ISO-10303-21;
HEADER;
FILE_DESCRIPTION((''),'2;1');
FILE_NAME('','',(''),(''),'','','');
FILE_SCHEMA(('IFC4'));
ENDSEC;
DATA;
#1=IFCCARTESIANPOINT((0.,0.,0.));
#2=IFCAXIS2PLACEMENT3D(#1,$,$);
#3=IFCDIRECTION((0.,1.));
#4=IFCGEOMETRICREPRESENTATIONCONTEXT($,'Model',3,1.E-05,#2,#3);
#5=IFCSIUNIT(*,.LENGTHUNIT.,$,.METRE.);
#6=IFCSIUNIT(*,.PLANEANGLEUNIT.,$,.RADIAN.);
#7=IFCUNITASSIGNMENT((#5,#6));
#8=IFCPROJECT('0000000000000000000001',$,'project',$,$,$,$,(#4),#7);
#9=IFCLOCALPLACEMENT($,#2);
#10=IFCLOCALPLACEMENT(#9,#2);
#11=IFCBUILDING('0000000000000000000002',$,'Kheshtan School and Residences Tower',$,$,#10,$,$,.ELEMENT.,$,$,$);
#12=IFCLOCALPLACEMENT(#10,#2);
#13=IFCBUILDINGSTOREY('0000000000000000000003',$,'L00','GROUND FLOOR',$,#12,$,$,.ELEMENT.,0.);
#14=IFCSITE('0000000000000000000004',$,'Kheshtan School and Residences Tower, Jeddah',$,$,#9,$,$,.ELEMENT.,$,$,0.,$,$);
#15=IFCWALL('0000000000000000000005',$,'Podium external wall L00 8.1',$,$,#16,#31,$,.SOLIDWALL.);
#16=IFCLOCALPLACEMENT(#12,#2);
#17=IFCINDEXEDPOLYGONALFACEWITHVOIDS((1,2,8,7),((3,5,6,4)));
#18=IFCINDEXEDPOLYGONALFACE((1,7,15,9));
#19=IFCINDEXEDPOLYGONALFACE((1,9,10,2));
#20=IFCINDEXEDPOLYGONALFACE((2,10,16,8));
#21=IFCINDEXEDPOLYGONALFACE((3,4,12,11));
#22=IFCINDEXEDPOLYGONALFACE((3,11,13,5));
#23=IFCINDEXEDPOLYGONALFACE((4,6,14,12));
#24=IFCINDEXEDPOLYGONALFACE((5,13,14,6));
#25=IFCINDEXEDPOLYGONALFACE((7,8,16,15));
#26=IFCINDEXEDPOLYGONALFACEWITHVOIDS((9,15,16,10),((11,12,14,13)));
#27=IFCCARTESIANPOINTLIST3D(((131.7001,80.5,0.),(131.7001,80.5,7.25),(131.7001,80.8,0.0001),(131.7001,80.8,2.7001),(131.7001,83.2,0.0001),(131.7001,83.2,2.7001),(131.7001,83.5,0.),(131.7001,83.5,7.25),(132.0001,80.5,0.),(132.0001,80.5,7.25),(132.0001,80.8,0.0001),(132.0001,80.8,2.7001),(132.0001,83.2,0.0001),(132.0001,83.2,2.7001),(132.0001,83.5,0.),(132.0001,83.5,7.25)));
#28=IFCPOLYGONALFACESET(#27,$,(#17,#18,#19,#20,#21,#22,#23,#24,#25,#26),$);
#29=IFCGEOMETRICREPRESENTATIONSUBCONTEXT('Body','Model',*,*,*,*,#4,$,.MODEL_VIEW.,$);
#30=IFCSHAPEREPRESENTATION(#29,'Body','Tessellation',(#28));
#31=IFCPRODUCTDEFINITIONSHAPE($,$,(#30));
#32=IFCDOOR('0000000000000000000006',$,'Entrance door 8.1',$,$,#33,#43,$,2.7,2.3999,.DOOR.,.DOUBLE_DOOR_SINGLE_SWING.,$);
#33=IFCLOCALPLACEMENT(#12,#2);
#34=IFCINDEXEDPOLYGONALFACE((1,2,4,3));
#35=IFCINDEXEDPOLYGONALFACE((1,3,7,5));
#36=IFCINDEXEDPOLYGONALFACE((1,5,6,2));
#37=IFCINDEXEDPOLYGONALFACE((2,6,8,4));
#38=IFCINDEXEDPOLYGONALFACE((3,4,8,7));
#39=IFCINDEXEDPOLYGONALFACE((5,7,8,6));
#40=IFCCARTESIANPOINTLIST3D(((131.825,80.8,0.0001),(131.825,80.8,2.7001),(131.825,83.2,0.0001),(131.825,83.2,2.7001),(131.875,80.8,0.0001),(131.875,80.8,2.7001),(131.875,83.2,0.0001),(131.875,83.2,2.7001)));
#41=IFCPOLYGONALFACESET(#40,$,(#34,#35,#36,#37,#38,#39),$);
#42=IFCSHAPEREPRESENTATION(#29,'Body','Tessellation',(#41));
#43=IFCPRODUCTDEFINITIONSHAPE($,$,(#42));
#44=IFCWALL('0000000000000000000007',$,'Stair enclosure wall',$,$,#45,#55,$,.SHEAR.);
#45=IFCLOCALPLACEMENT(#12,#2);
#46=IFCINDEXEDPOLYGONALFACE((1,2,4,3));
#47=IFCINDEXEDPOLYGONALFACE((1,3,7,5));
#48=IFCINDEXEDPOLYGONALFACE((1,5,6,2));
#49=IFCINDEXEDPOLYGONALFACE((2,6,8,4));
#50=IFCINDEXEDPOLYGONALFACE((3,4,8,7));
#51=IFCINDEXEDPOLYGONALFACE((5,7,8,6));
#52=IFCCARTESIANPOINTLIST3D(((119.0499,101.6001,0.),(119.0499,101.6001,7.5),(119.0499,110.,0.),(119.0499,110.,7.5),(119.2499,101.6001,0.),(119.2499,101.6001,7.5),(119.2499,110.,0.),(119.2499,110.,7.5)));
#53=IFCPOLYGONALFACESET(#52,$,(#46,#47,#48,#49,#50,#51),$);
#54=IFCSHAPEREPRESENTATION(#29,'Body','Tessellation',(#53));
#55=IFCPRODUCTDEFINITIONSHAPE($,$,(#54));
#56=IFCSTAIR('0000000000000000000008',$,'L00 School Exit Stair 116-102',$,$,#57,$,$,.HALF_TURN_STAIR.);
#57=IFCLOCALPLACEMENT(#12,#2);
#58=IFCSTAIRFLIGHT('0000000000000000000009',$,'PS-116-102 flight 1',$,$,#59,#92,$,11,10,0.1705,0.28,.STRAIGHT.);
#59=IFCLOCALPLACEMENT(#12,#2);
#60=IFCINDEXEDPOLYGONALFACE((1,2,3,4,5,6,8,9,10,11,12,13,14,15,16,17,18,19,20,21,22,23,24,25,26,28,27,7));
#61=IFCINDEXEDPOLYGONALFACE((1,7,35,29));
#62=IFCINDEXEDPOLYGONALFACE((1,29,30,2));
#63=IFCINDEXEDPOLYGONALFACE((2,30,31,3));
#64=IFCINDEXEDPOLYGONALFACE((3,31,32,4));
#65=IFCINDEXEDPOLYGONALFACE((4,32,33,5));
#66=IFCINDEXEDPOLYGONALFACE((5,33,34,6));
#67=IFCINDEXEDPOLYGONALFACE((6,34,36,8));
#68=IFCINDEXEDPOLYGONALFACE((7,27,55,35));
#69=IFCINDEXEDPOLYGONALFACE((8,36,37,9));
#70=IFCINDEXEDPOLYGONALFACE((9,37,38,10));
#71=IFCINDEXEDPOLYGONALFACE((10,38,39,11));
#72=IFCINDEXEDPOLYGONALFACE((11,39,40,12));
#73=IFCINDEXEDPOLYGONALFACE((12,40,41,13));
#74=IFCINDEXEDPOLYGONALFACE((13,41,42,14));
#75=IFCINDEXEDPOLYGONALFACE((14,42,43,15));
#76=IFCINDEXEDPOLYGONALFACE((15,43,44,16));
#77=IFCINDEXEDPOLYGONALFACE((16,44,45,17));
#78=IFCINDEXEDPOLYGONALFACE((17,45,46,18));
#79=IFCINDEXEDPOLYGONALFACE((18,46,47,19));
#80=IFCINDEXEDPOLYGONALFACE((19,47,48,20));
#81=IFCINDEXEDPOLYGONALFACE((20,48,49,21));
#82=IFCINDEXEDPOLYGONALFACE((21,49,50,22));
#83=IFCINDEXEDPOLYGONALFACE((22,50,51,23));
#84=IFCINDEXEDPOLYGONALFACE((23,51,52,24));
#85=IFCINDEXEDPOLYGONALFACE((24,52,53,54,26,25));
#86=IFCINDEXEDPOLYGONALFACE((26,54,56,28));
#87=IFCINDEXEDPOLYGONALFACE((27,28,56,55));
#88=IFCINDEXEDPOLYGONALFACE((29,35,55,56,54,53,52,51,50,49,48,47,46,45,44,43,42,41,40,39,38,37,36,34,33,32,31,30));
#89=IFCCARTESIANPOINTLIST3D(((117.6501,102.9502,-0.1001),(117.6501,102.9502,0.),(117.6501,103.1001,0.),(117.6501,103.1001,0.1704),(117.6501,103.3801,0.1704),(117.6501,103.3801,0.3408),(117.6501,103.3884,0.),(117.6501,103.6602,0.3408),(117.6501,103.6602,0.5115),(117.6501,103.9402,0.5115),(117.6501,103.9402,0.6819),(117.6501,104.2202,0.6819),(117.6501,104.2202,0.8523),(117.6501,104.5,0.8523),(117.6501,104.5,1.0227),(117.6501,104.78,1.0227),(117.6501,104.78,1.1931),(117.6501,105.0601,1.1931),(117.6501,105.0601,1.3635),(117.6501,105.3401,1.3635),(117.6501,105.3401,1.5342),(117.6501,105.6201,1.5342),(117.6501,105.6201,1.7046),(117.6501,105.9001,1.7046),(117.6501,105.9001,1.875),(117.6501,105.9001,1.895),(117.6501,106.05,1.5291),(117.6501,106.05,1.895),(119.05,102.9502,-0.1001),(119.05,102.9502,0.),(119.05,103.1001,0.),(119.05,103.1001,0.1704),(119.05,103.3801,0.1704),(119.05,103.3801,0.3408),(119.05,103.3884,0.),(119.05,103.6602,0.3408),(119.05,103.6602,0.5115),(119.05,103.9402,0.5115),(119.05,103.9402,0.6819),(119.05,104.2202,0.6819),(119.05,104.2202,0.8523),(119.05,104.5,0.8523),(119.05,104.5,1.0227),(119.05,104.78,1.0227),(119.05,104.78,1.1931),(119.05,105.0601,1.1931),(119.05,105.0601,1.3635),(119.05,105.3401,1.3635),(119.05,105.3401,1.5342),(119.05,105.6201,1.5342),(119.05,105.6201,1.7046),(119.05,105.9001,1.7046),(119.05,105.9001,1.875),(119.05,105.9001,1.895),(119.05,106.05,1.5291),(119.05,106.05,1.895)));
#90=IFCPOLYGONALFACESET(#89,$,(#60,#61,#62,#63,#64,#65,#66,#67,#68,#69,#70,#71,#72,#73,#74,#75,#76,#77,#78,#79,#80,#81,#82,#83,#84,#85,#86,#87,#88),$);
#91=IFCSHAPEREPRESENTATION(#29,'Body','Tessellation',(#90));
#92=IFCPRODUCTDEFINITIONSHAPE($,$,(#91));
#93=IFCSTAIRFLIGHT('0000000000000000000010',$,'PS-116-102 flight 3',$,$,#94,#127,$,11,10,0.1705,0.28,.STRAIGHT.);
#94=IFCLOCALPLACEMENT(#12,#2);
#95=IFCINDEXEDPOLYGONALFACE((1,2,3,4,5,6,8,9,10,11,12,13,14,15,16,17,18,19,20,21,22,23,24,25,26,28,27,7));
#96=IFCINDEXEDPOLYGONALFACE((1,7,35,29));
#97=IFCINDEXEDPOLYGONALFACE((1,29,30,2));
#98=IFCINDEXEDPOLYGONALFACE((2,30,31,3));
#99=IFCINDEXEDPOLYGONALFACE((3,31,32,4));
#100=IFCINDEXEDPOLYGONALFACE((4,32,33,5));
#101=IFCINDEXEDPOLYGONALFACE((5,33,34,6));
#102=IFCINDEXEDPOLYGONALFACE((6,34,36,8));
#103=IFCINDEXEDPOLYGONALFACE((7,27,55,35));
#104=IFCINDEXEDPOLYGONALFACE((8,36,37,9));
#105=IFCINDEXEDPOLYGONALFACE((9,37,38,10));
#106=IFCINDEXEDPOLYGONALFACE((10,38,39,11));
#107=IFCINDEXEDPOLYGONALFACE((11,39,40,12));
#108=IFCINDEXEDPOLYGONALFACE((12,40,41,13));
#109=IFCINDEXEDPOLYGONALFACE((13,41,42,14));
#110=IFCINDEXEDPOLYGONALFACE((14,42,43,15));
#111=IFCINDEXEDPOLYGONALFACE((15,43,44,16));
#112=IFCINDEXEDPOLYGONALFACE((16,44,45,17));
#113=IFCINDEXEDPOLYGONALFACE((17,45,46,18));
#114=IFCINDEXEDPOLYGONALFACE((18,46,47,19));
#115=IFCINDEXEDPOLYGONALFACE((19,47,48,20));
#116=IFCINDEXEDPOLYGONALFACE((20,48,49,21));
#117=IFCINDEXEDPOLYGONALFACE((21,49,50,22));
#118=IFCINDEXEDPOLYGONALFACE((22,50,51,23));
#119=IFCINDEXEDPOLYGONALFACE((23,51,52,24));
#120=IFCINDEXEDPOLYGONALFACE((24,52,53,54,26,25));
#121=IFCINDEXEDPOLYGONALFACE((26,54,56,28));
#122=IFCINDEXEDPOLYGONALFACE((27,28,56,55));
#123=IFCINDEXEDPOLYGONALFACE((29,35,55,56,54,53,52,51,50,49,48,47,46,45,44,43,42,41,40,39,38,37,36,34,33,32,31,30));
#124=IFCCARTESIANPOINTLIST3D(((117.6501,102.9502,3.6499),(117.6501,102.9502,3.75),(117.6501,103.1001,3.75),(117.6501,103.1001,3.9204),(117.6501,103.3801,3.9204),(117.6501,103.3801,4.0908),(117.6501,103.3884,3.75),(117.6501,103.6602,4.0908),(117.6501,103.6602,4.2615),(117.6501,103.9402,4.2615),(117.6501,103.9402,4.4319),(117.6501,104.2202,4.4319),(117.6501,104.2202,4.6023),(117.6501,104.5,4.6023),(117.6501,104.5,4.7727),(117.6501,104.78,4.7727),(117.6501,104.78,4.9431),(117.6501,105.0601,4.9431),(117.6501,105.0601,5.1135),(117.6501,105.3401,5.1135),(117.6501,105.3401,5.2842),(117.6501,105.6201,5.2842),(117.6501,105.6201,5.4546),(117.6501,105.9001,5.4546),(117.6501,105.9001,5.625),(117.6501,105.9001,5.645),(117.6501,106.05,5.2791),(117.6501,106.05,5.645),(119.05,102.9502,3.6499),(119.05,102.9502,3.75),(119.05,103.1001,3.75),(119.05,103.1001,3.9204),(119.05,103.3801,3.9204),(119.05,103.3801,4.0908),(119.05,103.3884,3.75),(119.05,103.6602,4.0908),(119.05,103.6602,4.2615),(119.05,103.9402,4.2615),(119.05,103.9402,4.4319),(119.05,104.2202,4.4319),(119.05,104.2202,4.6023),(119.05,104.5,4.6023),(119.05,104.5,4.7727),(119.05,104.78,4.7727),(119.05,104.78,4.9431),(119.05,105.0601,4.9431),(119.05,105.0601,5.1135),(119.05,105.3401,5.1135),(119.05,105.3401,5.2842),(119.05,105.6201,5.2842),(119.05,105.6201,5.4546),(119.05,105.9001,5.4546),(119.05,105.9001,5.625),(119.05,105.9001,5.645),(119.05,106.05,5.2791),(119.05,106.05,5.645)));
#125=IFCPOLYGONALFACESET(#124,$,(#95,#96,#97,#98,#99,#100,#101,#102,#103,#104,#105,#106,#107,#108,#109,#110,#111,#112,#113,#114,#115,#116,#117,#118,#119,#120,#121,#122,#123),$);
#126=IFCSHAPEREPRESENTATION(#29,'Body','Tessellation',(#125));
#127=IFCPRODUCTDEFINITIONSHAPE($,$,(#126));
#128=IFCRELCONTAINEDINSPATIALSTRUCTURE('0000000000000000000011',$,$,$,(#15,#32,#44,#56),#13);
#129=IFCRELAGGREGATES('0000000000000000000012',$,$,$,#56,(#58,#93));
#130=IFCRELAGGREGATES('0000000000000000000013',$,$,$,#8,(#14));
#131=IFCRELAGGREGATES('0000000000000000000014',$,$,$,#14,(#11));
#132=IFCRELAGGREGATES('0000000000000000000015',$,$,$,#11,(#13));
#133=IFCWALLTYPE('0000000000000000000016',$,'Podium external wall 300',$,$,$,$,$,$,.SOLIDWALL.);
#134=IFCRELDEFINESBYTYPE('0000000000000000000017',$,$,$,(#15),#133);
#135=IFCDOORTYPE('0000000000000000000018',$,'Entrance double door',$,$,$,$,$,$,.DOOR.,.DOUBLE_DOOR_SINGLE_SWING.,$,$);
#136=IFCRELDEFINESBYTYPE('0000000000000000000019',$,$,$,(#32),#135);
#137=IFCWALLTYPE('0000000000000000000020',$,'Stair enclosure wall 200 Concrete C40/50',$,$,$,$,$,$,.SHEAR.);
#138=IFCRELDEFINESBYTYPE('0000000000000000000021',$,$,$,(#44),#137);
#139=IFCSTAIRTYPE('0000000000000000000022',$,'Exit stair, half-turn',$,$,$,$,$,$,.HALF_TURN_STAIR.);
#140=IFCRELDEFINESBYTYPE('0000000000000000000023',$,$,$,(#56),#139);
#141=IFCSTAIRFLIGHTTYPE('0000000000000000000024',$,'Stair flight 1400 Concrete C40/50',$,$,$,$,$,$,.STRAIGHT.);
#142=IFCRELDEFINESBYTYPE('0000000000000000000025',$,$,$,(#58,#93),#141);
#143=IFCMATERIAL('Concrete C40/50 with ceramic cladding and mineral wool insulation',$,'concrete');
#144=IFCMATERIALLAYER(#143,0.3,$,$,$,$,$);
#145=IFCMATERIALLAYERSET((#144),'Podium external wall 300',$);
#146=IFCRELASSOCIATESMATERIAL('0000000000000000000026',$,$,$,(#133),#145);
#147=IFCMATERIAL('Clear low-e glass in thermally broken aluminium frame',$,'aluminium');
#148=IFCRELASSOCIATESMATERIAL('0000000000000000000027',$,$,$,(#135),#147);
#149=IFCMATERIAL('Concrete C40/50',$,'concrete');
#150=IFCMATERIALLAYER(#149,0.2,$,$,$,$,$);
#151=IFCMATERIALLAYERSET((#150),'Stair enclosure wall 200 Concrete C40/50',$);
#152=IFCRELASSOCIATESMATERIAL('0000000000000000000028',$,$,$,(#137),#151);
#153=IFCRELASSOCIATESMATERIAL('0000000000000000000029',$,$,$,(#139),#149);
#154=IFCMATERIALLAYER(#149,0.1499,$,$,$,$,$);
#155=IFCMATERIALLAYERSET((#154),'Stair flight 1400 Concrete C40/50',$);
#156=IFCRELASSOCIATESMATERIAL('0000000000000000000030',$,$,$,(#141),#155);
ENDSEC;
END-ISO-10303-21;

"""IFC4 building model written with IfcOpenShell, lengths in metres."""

from ifc_helpers import new_model, si_unit, direction, frame, frame_2d, origin, place, context, subcontext, project, spatial, polyline, rectangle, outline, extrude, source, transform, mapped, material, layer, layer_set, type_object, element, fill, aggregate, save


model = new_model("IFC4")

# Units and contexts
model_context = context("Model", 3, precision=1e-05, world=origin(), true_north=direction((0.0, 1.0)))
body_context = subcontext(model_context, "Body", "Model", "MODEL_VIEW")
ifc_project = project(units=[si_unit("LENGTHUNIT", "METRE"), si_unit("PLANEANGLEUNIT", "RADIAN")], contexts=[model_context])

# Site, building, storey
site_placement = place(None, origin())
site = spatial("IfcSite", under=ifc_project, at=site_placement, Name="Kheshtan School and Residences Tower, Jeddah", CompositionType="ELEMENT", RefElevation=0.0)
building_placement = place(site_placement, origin())
building = spatial("IfcBuilding", under=site, at=building_placement, Name="Kheshtan School and Residences Tower", CompositionType="ELEMENT")
storey_placement = place(building_placement, origin())
storey = spatial("IfcBuildingStorey", under=building, at=storey_placement, Name="L00", Description="GROUND FLOOR", CompositionType="ELEMENT", Elevation=0.0)

# Shared definitions
ifc_material_1 = material(Name="Clear low-e glass in thermally broken aluminium frame", Category="aluminium")

# Wall, opening, door
ifc_material_2 = material(Name="Concrete C40/50 with ceramic cladding and mineral wool insulation", Category="concrete")
ifc_layer_1 = layer(ifc_material_2, 0.3)
ifc_layer_set_1 = layer_set([ifc_layer_1], Name="Podium external wall 300")
wall_type_1 = type_object("IfcWallType", Name="Podium external wall 300", PredefinedType="SOLIDWALL", material=ifc_layer_set_1)
wall_1_placement = place(storey_placement, frame((131.8501, 83.5, 0.0), z_axis=(0.0, 0.0, 1.0), x_axis=(0.0, -1.0, 0.0)))
wall_1 = element("IfcWall", 1, at=wall_1_placement, inside=storey, type_object=wall_type_1, Name="Podium external wall L00 8.1", PredefinedType="SOLIDWALL", context=body_context, shape_type="SweptSolid", body=[
    extrude(rectangle(XDim=3.0, YDim=0.3, at=frame_2d((1.5, 0.0))), origin(), (0.0, 0.0, 1.0), 7.25),
])
opening_placement = place(wall_1_placement, frame((0.3, 0.0, 0.0)))
opening = element("IfcOpeningElement", 2, at=opening_placement, cuts=wall_1, PredefinedType="OPENING", context=body_context, shape_type="SweptSolid", body=[
    extrude(rectangle(XDim=2.3999, YDim=2.7, at=frame_2d((1.2, 1.3501))), frame((0.0, 0.1602, 0.0), z_axis=(0.0, -1.0, 0.0), x_axis=(1.0, 0.0, 0.0)), (0.0, 0.0, 1.0), 0.3201),
])
door_type = type_object("IfcDoorType", Name="Entrance double door", OperationType="DOUBLE_DOOR_SINGLE_SWING", PredefinedType="DOOR", material=ifc_material_1)
shared_shape = source(origin(), body_context, "Body", "SweptSolid", [
    extrude(rectangle(XDim=2.3999, YDim=2.7, at=frame_2d((1.2, 1.3501))), frame((0.0, 0.0249, 0.0), z_axis=(0.0, -1.0, 0.0), x_axis=(1.0, 0.0, 0.0)), (0.0, 0.0, 1.0), 0.05),
])
door_placement = place(opening_placement, origin())
door = element("IfcDoor", 3, at=door_placement, inside=storey, type_object=door_type, Name="Entrance door 8.1", OperationType="DOUBLE_DOOR_SINGLE_SWING", OverallHeight=2.7, OverallWidth=2.3999, PredefinedType="DOOR", context=body_context, shape_type="MappedRepresentation", body=[
    mapped(shared_shape, transform((0.0, 0.0, 0.0), x_axis=(1.0, 0.0, 0.0), y_axis=(0.0, 1.0, 0.0), z_axis=(0.0, 0.0, 1.0), scale=1.0)),
])
fill(opening, door)

# Wall
ifc_material_3 = material(Name="Concrete C40/50", Category="concrete")
ifc_layer_2 = layer(ifc_material_3, 0.2)
ifc_layer_set_2 = layer_set([ifc_layer_2], Name="Stair enclosure wall 200 Concrete C40/50")
wall_type_2 = type_object("IfcWallType", Name="Stair enclosure wall 200 Concrete C40/50", PredefinedType="SHEAR", material=ifc_layer_set_2)
wall_2_placement = place(storey_placement, frame((119.1499, 101.6001, 0.0), z_axis=(0.0, 0.0, 1.0), x_axis=(0.0, 1.0, 0.0)))
element("IfcWall", 4, at=wall_2_placement, inside=storey, type_object=wall_type_2, Name="Stair enclosure wall", PredefinedType="SHEAR", context=body_context, shape_type="SweptSolid", body=[
    extrude(rectangle(XDim=8.3999, YDim=0.2, at=frame_2d((4.2, 0.0))), origin(), (0.0, 0.0, 1.0), 7.5),
])

# Stair, stair flights
stair_type = type_object("IfcStairType", Name="Exit stair, half-turn", PredefinedType="HALF_TURN_STAIR", material=ifc_material_3)
stair_placement = place(storey_placement, origin())
stair = element("IfcStair", 5, at=stair_placement, inside=storey, type_object=stair_type, Name="L00 School Exit Stair 116-102", PredefinedType="HALF_TURN_STAIR")
ifc_layer_3 = layer(ifc_material_3, 0.1499)
ifc_layer_set_3 = layer_set([ifc_layer_3], Name="Stair flight 1400 Concrete C40/50")
stair_flight_type = type_object("IfcStairFlightType", Name="Stair flight 1400 Concrete C40/50", PredefinedType="STRAIGHT", material=ifc_layer_set_3)
stair_flight_1_placement = place(storey_placement, frame((118.3501, 103.1001, 0.0), z_axis=(0.0, 0.0, 1.0), x_axis=(0.0, 1.0, 0.0)))
stair_flight_1 = element("IfcStairFlight", 6, at=stair_flight_1_placement, type_object=stair_flight_type, Name="PS-116-102 flight 1", NumberOfRisers=11, NumberOfTreads=10, PredefinedType="STRAIGHT", RiserHeight=0.1705, TreadLength=0.28, context=body_context, shape_type="SweptSolid", body=[
    extrude(outline(polyline([(-0.1499, -0.1001), (-0.1499, 0.0), (0.0, 0.0), (0.0, 0.1704), (0.28, 0.1704), (0.28, 0.3408), (0.5601, 0.3408), (0.5601, 0.5115), (0.8401, 0.5115), (0.8401, 0.6819), (1.1201, 0.6819), (1.1201, 0.8523), (1.3999, 0.8523), (1.3999, 1.0227), (1.6799, 1.0227), (1.6799, 1.1931), (1.96, 1.1931), (1.96, 1.3635), (2.24, 1.3635), (2.24, 1.5342), (2.52, 1.5342), (2.52, 1.7046), (2.8, 1.7046), (2.8, 1.875), (2.8, 1.895), (2.95, 1.895), (2.95, 1.5291), (0.2883, 0.0), (-0.1499, -0.1001)])), frame((0.0, 0.7, 0.0), z_axis=(0.0, -1.0, 0.0), x_axis=(1.0, 0.0, 0.0)), (0.0, 0.0, 1.0), 1.3999),
])
stair_flight_2_placement = place(storey_placement, frame((118.3501, 103.1001, 3.75), z_axis=(0.0, 0.0, 1.0), x_axis=(0.0, 1.0, 0.0)))
stair_flight_2 = element("IfcStairFlight", 7, at=stair_flight_2_placement, type_object=stair_flight_type, Name="PS-116-102 flight 3", NumberOfRisers=11, NumberOfTreads=10, PredefinedType="STRAIGHT", RiserHeight=0.1705, TreadLength=0.28, context=body_context, shape_type="SweptSolid", body=[
    extrude(outline(polyline([(-0.1499, -0.1001), (-0.1499, 0.0), (0.0, 0.0), (0.0, 0.1704), (0.28, 0.1704), (0.28, 0.3408), (0.5601, 0.3408), (0.5601, 0.5115), (0.8401, 0.5115), (0.8401, 0.6819), (1.1201, 0.6819), (1.1201, 0.8523), (1.3999, 0.8523), (1.3999, 1.0227), (1.6799, 1.0227), (1.6799, 1.1931), (1.96, 1.1931), (1.96, 1.3635), (2.24, 1.3635), (2.24, 1.5342), (2.52, 1.5342), (2.52, 1.7046), (2.8, 1.7046), (2.8, 1.875), (2.8, 1.895), (2.95, 1.895), (2.95, 1.5291), (0.2883, 0.0), (-0.1499, -0.1001)])), frame((0.0, 0.7, 0.0), z_axis=(0.0, -1.0, 0.0), x_axis=(1.0, 0.0, 0.0)), (0.0, 0.0, 1.0), 1.3999),
])
aggregate(stair, [stair_flight_1, stair_flight_2])

save(model, "model.ifc")
